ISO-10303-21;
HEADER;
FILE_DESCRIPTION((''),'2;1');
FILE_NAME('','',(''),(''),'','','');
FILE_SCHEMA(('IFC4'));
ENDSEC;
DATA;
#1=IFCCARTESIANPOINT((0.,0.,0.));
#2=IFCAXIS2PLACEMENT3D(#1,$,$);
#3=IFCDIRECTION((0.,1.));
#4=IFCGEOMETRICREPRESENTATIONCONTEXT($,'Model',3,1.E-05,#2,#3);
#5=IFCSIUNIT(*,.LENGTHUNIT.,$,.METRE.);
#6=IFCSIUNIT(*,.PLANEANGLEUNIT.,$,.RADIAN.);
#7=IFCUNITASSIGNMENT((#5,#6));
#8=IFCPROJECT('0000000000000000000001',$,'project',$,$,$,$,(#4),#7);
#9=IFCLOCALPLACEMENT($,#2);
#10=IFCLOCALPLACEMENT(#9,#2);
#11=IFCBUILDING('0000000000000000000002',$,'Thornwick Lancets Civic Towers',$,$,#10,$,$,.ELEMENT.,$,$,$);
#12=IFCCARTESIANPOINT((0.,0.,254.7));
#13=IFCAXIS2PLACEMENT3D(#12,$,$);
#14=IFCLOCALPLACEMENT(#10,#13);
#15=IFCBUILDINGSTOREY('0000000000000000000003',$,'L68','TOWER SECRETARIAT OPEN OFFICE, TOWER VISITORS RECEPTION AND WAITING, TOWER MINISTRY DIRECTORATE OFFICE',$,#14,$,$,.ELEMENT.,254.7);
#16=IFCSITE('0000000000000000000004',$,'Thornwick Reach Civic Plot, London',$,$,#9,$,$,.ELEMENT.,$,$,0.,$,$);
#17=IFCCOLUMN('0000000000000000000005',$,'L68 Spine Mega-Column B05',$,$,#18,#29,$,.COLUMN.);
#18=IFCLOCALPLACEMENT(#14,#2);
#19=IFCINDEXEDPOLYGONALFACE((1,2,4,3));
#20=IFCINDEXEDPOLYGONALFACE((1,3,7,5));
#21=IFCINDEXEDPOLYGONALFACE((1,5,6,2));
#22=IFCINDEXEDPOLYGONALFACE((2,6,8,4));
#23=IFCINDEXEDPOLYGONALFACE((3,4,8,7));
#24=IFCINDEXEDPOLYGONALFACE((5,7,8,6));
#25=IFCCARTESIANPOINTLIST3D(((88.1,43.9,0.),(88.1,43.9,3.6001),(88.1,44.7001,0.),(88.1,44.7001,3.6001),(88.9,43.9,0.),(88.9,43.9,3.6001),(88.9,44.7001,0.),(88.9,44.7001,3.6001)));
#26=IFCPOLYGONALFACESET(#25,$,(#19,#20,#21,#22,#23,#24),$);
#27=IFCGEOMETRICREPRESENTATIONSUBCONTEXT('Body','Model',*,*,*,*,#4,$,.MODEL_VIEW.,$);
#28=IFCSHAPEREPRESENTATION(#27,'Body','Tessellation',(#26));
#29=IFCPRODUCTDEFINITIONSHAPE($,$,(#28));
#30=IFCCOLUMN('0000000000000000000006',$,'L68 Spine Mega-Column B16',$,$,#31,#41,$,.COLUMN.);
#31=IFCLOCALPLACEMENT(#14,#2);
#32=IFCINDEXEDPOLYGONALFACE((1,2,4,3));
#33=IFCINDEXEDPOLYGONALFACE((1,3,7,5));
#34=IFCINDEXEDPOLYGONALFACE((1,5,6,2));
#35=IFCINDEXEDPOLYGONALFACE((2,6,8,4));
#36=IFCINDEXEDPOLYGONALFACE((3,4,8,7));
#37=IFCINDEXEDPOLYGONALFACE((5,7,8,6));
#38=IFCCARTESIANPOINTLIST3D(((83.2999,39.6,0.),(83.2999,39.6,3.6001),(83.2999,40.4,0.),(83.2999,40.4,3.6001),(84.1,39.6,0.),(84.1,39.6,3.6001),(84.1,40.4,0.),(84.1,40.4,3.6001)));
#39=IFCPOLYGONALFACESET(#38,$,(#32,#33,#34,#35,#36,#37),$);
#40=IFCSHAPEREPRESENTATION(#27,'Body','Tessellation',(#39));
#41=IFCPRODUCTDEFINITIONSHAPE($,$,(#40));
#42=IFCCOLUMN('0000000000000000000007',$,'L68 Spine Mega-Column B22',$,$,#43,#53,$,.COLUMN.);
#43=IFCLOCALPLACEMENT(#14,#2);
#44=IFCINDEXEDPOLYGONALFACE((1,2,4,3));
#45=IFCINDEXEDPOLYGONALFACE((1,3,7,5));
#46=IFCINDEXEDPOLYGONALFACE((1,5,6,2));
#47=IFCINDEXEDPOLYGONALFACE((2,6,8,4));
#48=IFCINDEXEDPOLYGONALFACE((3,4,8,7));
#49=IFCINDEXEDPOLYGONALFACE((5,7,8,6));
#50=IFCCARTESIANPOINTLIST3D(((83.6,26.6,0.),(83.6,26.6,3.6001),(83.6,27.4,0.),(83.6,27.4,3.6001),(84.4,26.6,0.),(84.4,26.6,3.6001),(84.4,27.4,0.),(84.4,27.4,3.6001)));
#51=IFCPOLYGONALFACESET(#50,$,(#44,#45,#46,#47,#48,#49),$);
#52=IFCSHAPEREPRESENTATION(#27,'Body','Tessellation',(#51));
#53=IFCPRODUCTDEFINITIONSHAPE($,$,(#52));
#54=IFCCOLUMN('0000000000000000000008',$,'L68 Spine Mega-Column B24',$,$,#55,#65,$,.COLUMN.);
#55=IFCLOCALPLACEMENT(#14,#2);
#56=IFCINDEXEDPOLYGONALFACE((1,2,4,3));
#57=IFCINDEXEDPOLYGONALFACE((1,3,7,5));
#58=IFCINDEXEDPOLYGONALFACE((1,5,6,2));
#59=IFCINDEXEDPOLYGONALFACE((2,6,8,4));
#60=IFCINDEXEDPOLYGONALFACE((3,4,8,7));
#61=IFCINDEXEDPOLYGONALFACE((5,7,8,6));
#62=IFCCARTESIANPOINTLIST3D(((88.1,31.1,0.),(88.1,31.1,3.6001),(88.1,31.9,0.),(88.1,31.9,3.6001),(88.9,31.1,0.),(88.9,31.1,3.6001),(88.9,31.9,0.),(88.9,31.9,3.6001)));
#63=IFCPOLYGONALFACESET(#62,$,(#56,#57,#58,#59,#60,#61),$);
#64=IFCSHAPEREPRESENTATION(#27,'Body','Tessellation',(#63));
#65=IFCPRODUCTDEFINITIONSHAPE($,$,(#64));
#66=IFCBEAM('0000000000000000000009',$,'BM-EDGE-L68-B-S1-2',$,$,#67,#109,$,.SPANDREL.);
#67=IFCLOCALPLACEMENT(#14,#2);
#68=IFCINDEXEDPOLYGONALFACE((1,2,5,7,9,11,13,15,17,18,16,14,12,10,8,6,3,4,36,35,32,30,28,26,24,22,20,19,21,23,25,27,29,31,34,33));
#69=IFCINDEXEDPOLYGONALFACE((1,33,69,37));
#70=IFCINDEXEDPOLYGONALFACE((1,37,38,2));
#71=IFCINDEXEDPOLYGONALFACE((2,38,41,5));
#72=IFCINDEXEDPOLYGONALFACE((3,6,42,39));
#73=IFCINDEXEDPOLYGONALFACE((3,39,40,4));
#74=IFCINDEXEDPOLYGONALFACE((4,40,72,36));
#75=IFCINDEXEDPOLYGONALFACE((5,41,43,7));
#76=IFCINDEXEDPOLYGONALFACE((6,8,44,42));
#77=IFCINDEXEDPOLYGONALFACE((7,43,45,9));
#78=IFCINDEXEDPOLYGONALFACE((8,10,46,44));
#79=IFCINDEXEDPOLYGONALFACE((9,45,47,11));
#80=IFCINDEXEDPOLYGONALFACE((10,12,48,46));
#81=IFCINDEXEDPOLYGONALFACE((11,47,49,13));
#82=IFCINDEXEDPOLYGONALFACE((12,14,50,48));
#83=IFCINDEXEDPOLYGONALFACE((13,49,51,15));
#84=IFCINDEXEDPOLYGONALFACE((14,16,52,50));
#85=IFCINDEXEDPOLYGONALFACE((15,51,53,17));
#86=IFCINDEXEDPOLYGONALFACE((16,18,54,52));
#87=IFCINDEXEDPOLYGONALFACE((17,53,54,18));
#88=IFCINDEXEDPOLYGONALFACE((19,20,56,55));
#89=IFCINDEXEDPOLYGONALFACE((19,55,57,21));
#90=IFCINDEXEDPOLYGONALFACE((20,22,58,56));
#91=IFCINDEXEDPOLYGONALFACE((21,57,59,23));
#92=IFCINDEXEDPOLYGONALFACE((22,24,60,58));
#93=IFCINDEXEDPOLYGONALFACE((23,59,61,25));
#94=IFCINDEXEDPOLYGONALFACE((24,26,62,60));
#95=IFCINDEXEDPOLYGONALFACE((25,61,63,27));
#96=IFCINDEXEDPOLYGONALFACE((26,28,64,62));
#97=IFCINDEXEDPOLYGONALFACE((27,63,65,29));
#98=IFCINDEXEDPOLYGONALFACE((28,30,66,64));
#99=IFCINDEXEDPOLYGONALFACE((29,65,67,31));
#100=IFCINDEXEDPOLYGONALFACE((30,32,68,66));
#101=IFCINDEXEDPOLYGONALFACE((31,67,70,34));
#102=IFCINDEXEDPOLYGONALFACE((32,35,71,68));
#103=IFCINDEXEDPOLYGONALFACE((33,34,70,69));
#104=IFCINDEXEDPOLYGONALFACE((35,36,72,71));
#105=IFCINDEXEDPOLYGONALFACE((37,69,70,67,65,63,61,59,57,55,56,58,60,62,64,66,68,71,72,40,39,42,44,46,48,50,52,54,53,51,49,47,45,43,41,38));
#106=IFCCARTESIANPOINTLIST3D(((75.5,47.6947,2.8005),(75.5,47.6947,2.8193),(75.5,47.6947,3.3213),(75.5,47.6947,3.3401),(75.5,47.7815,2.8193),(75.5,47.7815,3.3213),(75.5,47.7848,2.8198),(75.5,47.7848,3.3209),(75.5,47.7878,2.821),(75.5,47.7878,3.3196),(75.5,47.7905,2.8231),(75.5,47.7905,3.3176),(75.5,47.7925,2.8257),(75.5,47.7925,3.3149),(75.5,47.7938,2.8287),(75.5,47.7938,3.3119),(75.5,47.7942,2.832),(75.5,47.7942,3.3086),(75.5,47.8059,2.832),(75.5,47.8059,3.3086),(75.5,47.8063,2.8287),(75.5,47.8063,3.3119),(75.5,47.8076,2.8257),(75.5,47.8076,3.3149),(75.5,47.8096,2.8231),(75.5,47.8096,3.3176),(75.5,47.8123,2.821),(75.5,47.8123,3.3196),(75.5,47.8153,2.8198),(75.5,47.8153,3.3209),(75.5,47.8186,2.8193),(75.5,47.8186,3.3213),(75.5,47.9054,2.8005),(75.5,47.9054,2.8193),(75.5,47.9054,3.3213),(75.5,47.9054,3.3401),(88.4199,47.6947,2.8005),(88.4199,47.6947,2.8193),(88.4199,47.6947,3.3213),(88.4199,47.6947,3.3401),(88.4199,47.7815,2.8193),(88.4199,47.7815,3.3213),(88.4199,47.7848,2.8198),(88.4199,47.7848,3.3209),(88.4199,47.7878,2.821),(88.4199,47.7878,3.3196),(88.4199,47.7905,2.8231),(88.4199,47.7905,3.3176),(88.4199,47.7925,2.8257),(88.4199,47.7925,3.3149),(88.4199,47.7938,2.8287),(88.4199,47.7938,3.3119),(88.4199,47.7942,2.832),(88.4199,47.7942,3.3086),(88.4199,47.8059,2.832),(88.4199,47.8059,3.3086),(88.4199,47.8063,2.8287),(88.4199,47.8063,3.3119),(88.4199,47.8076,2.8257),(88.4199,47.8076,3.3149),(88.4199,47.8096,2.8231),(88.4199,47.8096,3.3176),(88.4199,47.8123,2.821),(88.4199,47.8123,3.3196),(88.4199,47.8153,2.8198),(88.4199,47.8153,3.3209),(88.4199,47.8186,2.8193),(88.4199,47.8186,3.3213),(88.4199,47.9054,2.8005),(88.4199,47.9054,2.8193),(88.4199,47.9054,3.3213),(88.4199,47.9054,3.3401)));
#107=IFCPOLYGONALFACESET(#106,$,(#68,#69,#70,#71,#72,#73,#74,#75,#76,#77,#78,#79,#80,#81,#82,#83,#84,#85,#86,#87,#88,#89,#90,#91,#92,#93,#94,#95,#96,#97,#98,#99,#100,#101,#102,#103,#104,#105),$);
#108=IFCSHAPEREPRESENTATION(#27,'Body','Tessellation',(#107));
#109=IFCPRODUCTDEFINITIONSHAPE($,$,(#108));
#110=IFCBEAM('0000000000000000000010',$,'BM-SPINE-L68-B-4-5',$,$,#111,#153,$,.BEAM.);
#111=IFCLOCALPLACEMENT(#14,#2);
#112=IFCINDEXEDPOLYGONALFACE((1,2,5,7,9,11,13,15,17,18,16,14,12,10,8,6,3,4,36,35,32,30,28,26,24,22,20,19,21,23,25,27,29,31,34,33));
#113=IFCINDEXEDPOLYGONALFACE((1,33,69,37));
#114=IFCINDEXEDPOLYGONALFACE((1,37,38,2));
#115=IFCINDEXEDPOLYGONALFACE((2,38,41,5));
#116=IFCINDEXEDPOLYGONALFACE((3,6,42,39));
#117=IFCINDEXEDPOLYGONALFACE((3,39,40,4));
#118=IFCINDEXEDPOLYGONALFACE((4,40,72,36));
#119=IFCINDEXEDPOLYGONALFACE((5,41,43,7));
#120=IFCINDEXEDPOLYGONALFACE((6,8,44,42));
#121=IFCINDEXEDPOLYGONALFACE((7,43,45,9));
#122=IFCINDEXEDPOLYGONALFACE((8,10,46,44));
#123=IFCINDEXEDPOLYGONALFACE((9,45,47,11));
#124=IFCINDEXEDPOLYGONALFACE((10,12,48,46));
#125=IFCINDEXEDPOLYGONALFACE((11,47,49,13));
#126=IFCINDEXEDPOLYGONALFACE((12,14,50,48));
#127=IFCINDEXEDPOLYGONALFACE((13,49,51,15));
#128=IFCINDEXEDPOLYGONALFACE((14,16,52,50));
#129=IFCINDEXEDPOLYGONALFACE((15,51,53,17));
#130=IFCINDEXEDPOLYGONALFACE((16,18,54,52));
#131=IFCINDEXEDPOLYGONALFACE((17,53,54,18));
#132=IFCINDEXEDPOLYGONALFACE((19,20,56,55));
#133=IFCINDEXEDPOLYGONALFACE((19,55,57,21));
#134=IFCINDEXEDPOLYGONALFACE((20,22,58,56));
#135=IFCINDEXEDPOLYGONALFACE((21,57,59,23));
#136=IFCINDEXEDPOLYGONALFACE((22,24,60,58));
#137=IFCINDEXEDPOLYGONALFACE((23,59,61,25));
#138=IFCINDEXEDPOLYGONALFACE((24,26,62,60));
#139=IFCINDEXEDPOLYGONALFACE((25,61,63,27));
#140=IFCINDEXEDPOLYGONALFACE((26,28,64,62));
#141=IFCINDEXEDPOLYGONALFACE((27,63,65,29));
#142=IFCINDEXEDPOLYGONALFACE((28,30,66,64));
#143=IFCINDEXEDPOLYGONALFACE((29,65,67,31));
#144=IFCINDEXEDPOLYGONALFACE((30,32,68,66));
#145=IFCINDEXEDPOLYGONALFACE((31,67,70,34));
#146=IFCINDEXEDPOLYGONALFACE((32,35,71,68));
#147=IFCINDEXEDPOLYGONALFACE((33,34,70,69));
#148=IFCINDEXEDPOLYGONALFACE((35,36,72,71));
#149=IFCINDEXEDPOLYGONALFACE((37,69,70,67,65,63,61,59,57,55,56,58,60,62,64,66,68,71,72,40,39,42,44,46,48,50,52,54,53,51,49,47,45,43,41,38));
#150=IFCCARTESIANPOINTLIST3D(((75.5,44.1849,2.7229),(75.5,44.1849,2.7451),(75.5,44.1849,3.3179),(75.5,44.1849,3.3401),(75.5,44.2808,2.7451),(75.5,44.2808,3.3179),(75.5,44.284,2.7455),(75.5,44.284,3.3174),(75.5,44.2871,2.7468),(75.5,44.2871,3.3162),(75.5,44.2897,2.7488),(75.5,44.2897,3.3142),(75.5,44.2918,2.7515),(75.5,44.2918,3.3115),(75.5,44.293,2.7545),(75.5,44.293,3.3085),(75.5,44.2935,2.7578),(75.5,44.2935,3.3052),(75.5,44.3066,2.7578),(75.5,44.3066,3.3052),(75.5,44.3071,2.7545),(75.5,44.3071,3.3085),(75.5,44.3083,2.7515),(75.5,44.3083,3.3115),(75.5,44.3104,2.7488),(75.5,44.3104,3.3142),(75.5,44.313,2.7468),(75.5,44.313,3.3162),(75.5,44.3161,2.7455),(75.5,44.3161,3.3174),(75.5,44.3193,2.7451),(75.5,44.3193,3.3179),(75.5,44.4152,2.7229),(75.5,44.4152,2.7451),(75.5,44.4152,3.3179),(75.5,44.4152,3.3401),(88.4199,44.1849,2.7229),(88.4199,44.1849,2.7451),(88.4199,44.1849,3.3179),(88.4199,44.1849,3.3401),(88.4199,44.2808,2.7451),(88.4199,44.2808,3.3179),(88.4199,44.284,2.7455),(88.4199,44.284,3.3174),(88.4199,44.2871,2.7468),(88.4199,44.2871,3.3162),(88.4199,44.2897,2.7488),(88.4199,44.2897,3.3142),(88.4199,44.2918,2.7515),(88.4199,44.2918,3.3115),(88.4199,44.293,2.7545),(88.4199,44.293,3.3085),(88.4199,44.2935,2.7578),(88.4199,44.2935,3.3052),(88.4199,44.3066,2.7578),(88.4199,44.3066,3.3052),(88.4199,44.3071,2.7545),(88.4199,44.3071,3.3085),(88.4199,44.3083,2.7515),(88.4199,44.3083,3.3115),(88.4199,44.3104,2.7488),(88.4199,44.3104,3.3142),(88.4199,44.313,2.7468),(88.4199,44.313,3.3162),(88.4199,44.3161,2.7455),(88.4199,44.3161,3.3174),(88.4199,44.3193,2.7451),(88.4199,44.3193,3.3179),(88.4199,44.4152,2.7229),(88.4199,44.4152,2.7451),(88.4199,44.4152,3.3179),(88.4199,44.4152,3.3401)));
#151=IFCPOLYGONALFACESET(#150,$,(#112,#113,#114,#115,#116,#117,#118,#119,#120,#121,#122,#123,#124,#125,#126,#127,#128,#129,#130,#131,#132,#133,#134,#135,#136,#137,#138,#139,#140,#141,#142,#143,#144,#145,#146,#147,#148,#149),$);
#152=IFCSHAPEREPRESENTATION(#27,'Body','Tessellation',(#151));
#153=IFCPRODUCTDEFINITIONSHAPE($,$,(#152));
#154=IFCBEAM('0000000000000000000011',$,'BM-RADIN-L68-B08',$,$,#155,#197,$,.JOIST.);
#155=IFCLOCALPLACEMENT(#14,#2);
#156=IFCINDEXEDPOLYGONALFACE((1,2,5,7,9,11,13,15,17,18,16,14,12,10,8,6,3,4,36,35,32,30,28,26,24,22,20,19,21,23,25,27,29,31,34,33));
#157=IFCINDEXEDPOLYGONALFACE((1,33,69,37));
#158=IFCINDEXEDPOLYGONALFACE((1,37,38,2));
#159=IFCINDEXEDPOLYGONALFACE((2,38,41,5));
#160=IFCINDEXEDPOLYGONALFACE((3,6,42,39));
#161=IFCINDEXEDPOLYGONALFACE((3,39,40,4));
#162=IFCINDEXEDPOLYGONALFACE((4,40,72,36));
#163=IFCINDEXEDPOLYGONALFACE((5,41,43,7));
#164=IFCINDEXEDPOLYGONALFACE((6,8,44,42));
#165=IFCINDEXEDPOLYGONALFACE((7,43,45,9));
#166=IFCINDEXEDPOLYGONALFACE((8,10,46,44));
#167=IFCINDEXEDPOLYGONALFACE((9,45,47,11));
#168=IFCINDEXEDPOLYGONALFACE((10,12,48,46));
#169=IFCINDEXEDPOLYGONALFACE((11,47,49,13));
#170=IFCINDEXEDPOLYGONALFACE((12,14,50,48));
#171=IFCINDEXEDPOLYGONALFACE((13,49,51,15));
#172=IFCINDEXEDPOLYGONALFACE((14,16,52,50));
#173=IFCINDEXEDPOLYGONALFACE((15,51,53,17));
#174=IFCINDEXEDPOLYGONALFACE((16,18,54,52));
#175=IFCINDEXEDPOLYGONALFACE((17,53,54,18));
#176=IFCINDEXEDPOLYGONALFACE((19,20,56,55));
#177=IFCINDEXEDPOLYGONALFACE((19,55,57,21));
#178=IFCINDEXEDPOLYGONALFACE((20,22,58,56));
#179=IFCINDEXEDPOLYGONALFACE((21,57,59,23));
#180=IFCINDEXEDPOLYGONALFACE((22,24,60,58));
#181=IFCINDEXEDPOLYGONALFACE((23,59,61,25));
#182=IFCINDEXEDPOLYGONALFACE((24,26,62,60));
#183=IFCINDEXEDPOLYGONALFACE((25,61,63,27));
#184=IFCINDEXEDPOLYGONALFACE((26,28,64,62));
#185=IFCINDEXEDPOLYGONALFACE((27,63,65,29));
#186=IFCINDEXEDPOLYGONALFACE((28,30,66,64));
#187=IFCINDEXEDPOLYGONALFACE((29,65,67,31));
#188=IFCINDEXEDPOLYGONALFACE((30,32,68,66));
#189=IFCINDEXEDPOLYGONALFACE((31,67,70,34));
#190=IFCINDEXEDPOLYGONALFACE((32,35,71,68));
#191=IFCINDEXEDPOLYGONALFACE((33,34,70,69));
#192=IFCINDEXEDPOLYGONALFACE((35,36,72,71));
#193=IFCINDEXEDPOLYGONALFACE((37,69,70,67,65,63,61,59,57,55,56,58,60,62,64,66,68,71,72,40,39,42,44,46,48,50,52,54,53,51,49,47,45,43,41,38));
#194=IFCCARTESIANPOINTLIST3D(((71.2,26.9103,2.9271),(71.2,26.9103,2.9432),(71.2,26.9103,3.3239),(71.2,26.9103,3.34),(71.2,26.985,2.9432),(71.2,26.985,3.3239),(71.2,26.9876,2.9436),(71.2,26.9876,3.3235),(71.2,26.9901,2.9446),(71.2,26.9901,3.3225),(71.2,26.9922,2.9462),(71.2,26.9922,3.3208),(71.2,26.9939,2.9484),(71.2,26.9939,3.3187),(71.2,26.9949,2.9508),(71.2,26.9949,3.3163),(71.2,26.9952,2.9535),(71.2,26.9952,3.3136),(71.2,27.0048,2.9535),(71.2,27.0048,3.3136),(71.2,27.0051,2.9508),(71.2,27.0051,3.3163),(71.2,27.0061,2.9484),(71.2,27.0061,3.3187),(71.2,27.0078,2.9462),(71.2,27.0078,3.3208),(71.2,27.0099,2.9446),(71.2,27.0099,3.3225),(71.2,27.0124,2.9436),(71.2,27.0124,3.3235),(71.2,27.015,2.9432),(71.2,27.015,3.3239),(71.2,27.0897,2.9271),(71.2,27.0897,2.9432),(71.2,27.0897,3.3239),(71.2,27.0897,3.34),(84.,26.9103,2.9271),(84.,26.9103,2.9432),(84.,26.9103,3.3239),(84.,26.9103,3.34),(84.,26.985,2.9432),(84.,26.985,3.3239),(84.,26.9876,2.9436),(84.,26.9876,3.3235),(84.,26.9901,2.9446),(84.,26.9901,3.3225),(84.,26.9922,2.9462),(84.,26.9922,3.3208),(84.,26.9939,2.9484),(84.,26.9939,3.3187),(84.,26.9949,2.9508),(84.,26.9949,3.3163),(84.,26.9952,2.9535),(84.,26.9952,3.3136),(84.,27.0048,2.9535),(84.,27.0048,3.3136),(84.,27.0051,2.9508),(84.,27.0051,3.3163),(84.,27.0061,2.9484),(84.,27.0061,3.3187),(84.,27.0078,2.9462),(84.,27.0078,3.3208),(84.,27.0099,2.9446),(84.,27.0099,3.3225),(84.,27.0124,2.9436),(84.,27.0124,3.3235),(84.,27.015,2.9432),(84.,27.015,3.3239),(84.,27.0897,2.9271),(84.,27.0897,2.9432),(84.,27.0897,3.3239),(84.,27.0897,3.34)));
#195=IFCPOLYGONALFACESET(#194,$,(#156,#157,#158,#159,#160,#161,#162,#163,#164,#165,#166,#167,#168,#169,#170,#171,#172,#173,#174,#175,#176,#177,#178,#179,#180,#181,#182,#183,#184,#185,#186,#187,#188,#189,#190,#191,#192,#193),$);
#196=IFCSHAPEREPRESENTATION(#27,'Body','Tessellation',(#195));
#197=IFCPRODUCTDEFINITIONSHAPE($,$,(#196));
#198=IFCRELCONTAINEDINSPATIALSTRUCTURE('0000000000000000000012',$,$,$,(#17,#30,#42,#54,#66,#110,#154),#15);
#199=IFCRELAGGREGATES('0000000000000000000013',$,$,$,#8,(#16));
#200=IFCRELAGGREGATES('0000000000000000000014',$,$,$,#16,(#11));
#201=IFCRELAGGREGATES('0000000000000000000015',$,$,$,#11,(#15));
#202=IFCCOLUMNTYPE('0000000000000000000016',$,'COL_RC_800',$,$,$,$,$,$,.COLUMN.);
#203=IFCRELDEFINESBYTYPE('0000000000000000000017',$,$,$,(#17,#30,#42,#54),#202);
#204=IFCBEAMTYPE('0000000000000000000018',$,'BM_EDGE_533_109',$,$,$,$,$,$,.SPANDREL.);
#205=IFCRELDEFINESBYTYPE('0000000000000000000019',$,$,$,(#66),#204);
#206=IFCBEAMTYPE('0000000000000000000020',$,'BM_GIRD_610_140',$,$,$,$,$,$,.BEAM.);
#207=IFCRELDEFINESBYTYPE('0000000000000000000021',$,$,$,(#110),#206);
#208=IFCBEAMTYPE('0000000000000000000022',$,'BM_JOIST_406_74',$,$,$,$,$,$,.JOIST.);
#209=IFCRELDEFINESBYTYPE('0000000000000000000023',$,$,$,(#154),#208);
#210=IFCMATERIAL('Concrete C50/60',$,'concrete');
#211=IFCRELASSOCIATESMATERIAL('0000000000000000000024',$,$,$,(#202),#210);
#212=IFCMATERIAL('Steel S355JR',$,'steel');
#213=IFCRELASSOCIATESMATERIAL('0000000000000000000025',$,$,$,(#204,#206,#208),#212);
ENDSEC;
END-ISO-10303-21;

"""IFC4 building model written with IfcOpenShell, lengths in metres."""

from ifc_helpers import new_model, si_unit, direction, frame, origin, origin_2d, place, context, subcontext, project, spatial, rectangle, i_section, extrude, material, material_profile, profile_set, type_object, element, save


model = new_model("IFC4")

# Units and contexts
model_context = context("Model", 3, precision=1e-05, world=origin(), true_north=direction((0.0, 1.0)))
body_context = subcontext(model_context, "Body", "Model", "MODEL_VIEW")
ifc_project = project(units=[si_unit("LENGTHUNIT", "METRE"), si_unit("PLANEANGLEUNIT", "RADIAN")], contexts=[model_context])

# Site, building, storey
site_placement = place(None, origin())
site = spatial("IfcSite", under=ifc_project, at=site_placement, Name="Thornwick Reach Civic Plot, London", CompositionType="ELEMENT", RefElevation=0.0)
building_placement = place(site_placement, origin())
building = spatial("IfcBuilding", under=site, at=building_placement, Name="Thornwick Lancets Civic Towers", CompositionType="ELEMENT")
storey_placement = place(building_placement, frame((0.0, 0.0, 254.7)))
storey = spatial("IfcBuildingStorey", under=building, at=storey_placement, Name="L68", Description="TOWER SECRETARIAT OPEN OFFICE, TOWER VISITORS RECEPTION AND WAITING, TOWER MINISTRY DIRECTORATE OFFICE", CompositionType="ELEMENT", Elevation=254.7)

# Columns
ifc_material_1 = material(Name="Concrete C50/60", Category="concrete")
ifc_material_profile_1 = material_profile(ifc_material_1, rectangle(XDim=0.8, YDim=0.8, at=origin_2d()), Name="RC 800x800")
ifc_profile_set_1 = profile_set([ifc_material_profile_1], Name="Concrete C50/60")
column_type = type_object("IfcColumnType", Name="COL_RC_800", PredefinedType="COLUMN", material=ifc_profile_set_1)
for number, where, z_axis, x_axis, name in (
    (1, (88.5, 44.3, 0.0), (0.0, 0.0, 1.0), (1.0, 0.0, 0.0), "L68 Spine Mega-Column B05"),
    (2, (83.7, 40.0, 0.0), (0.0, 0.0, 1.0), (1.0, 0.0, 0.0), "L68 Spine Mega-Column B16"),
    (3, (84.0, 27.0, 0.0), (0.0, 0.0, 1.0), (1.0, 0.0, 0.0), "L68 Spine Mega-Column B22"),
    (4, (88.5, 31.5, 0.0), (0.0, 0.0, 1.0), (1.0, 0.0, 0.0), "L68 Spine Mega-Column B24"),
):
    element("IfcColumn", number, at=place(storey_placement, frame(where, z_axis=z_axis, x_axis=x_axis)), inside=storey, type_object=column_type, Name=name, PredefinedType="COLUMN", context=body_context, shape_type="SweptSolid", body=[
        extrude(rectangle(XDim=0.8, YDim=0.8, at=origin_2d()), origin(), (0.0, 0.0, 1.0), 3.6001),
    ])

# Beams
ifc_material_2 = material(Name="Steel S355JR", Category="steel")
ifc_material_profile_2 = material_profile(ifc_material_2, i_section(OverallWidth=0.2107, OverallDepth=0.5396, WebThickness=0.0117, FlangeThickness=0.0188, FilletRadius=0.0127, at=origin_2d()), Name="UKB 533x210x109")
ifc_profile_set_2 = profile_set([ifc_material_profile_2], Name="Steel S355JR")
beam_type_1 = type_object("IfcBeamType", Name="BM_EDGE_533_109", PredefinedType="SPANDREL", material=ifc_profile_set_2)
beam_1_placement = place(storey_placement, frame((88.4199, 47.8, 3.0703), z_axis=(-1.0, 0.0, 0.0), x_axis=(0.0, -1.0, 0.0)))
element("IfcBeam", 5, at=beam_1_placement, inside=storey, type_object=beam_type_1, Name="BM-EDGE-L68-B-S1-2", PredefinedType="SPANDREL", context=body_context, shape_type="SweptSolid", body=[
    extrude(i_section(OverallWidth=0.2107, OverallDepth=0.5396, WebThickness=0.0117, FlangeThickness=0.0188, FilletRadius=0.0127, at=origin_2d()), origin(), (0.0, 0.0, 1.0), 12.9199),
])
ifc_material_profile_3 = material_profile(ifc_material_2, i_section(OverallWidth=0.2302, OverallDepth=0.6172, WebThickness=0.0132, FlangeThickness=0.0222, FilletRadius=0.0127, at=origin_2d()), Name="UKB 610x229x140")
ifc_profile_set_3 = profile_set([ifc_material_profile_3], Name="Steel S355JR")
beam_type_2 = type_object("IfcBeamType", Name="BM_GIRD_610_140", PredefinedType="BEAM", material=ifc_profile_set_3)
beam_2_placement = place(storey_placement, frame((88.4199, 44.3, 3.0315), z_axis=(-1.0, 0.0, 0.0), x_axis=(0.0, -1.0, 0.0)))
element("IfcBeam", 6, at=beam_2_placement, inside=storey, type_object=beam_type_2, Name="BM-SPINE-L68-B-4-5", PredefinedType="BEAM", context=body_context, shape_type="SweptSolid", body=[
    extrude(i_section(OverallWidth=0.2302, OverallDepth=0.6172, WebThickness=0.0132, FlangeThickness=0.0222, FilletRadius=0.0127, at=origin_2d()), origin(), (0.0, 0.0, 1.0), 12.9199),
])
ifc_material_profile_4 = material_profile(ifc_material_2, i_section(OverallWidth=0.1794, OverallDepth=0.4128, WebThickness=0.0095, FlangeThickness=0.0161, FilletRadius=0.0103, at=origin_2d()), Name="UKB 406x178x74")
ifc_profile_set_4 = profile_set([ifc_material_profile_4], Name="Steel S355JR")
beam_type_3 = type_object("IfcBeamType", Name="BM_JOIST_406_74", PredefinedType="JOIST", material=ifc_profile_set_4)
beam_3_placement = place(storey_placement, frame((84.0, 27.0, 3.1335), z_axis=(-1.0, 0.0, 0.0), x_axis=(0.0, -1.0, 0.0)))
element("IfcBeam", 7, at=beam_3_placement, inside=storey, type_object=beam_type_3, Name="BM-RADIN-L68-B08", PredefinedType="JOIST", context=body_context, shape_type="SweptSolid", body=[
    extrude(i_section(OverallWidth=0.1794, OverallDepth=0.4128, WebThickness=0.0095, FlangeThickness=0.0161, FilletRadius=0.0103, at=origin_2d()), origin(), (0.0, 0.0, 1.0), 12.8),
])

save(model, "model.ifc")
